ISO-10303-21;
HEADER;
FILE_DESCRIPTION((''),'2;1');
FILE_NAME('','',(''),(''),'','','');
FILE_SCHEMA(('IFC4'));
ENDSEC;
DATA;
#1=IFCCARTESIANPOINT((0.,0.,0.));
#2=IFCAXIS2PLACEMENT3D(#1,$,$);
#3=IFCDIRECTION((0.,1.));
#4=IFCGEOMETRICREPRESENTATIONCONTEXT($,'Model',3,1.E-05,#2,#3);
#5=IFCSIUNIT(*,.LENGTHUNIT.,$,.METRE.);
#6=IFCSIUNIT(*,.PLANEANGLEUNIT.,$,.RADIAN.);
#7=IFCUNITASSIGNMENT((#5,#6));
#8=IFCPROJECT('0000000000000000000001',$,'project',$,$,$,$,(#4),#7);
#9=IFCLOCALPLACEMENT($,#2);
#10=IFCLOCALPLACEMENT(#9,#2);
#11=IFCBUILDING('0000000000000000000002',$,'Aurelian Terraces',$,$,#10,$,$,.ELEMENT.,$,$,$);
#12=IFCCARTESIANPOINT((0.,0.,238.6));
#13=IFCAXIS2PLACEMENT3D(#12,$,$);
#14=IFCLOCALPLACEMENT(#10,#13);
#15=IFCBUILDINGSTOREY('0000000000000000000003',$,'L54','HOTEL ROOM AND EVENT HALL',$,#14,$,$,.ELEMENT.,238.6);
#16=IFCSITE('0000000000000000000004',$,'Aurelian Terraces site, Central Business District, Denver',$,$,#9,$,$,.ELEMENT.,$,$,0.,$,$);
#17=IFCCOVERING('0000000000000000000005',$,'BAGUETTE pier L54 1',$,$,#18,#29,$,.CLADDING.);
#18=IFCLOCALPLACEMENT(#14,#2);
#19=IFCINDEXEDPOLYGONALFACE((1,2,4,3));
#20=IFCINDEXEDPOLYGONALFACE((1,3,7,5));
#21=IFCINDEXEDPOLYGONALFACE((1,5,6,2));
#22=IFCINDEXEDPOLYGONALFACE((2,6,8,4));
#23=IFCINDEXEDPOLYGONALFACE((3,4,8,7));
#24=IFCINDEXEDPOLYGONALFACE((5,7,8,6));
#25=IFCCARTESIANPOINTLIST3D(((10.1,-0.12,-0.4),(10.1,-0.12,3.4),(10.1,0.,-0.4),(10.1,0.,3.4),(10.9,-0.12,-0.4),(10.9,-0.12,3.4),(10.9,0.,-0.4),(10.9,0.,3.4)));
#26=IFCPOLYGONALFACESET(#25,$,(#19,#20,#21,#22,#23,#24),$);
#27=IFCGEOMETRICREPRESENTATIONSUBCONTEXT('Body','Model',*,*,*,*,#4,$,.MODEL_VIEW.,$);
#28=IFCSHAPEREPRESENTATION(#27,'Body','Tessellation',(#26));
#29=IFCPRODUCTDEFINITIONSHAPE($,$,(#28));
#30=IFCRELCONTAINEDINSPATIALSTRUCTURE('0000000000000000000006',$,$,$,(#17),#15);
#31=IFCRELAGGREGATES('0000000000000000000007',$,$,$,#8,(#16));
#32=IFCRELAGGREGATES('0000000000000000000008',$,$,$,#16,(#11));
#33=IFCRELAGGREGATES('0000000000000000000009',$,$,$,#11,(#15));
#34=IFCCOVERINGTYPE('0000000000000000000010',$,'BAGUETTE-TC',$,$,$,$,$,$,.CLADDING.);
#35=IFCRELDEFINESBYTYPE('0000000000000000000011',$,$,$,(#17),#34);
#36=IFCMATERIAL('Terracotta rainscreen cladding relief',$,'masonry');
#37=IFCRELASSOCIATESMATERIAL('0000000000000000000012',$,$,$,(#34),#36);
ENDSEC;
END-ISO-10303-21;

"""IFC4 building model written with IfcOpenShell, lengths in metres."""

from ifc_helpers import new_model, si_unit, direction, frame, origin, origin_2d, place, context, subcontext, project, spatial, rectangle, extrude, source, transform, mapped, material, type_object, element, save


model = new_model("IFC4")

# Units and contexts
model_context = context("Model", 3, precision=1e-05, world=origin(), true_north=direction((0.0, 1.0)))
body_context = subcontext(model_context, "Body", "Model", "MODEL_VIEW")
ifc_project = project(units=[si_unit("LENGTHUNIT", "METRE"), si_unit("PLANEANGLEUNIT", "RADIAN")], contexts=[model_context])

# Site, building, storey
site_placement = place(None, origin())
site = spatial("IfcSite", under=ifc_project, at=site_placement, Name="Aurelian Terraces site, Central Business District, Denver", CompositionType="ELEMENT", RefElevation=0.0)
building_placement = place(site_placement, origin())
building = spatial("IfcBuilding", under=site, at=building_placement, Name="Aurelian Terraces", CompositionType="ELEMENT")
storey_placement = place(building_placement, frame((0.0, 0.0, 238.6)))
storey = spatial("IfcBuildingStorey", under=building, at=storey_placement, Name="L54", Description="HOTEL ROOM AND EVENT HALL", CompositionType="ELEMENT", Elevation=238.6)

# Covering
ifc_material_1 = material(Name="Terracotta rainscreen cladding relief", Category="masonry")
covering_type = type_object("IfcCoveringType", Name="BAGUETTE-TC", PredefinedType="CLADDING", material=ifc_material_1)
shared_shape_1 = source(origin(), body_context, "Body", "SweptSolid", [
    extrude(rectangle(XDim=0.8, YDim=0.12, at=origin_2d()), origin(), (0.0, 0.0, 1.0), 3.8),
])
covering_placement = place(storey_placement, frame((10.5, -0.06, -0.4), z_axis=(0.0, 0.0, 1.0), x_axis=(1.0, 0.0, 0.0)))
element("IfcCovering", 1, at=covering_placement, inside=storey, type_object=covering_type, Name="BAGUETTE pier L54 1", PredefinedType="CLADDING", context=body_context, shape_type="MappedRepresentation", body=[
    mapped(shared_shape_1, transform((0.0, 0.0, 0.0), scale=1.0)),
])

save(model, "model.ifc")
